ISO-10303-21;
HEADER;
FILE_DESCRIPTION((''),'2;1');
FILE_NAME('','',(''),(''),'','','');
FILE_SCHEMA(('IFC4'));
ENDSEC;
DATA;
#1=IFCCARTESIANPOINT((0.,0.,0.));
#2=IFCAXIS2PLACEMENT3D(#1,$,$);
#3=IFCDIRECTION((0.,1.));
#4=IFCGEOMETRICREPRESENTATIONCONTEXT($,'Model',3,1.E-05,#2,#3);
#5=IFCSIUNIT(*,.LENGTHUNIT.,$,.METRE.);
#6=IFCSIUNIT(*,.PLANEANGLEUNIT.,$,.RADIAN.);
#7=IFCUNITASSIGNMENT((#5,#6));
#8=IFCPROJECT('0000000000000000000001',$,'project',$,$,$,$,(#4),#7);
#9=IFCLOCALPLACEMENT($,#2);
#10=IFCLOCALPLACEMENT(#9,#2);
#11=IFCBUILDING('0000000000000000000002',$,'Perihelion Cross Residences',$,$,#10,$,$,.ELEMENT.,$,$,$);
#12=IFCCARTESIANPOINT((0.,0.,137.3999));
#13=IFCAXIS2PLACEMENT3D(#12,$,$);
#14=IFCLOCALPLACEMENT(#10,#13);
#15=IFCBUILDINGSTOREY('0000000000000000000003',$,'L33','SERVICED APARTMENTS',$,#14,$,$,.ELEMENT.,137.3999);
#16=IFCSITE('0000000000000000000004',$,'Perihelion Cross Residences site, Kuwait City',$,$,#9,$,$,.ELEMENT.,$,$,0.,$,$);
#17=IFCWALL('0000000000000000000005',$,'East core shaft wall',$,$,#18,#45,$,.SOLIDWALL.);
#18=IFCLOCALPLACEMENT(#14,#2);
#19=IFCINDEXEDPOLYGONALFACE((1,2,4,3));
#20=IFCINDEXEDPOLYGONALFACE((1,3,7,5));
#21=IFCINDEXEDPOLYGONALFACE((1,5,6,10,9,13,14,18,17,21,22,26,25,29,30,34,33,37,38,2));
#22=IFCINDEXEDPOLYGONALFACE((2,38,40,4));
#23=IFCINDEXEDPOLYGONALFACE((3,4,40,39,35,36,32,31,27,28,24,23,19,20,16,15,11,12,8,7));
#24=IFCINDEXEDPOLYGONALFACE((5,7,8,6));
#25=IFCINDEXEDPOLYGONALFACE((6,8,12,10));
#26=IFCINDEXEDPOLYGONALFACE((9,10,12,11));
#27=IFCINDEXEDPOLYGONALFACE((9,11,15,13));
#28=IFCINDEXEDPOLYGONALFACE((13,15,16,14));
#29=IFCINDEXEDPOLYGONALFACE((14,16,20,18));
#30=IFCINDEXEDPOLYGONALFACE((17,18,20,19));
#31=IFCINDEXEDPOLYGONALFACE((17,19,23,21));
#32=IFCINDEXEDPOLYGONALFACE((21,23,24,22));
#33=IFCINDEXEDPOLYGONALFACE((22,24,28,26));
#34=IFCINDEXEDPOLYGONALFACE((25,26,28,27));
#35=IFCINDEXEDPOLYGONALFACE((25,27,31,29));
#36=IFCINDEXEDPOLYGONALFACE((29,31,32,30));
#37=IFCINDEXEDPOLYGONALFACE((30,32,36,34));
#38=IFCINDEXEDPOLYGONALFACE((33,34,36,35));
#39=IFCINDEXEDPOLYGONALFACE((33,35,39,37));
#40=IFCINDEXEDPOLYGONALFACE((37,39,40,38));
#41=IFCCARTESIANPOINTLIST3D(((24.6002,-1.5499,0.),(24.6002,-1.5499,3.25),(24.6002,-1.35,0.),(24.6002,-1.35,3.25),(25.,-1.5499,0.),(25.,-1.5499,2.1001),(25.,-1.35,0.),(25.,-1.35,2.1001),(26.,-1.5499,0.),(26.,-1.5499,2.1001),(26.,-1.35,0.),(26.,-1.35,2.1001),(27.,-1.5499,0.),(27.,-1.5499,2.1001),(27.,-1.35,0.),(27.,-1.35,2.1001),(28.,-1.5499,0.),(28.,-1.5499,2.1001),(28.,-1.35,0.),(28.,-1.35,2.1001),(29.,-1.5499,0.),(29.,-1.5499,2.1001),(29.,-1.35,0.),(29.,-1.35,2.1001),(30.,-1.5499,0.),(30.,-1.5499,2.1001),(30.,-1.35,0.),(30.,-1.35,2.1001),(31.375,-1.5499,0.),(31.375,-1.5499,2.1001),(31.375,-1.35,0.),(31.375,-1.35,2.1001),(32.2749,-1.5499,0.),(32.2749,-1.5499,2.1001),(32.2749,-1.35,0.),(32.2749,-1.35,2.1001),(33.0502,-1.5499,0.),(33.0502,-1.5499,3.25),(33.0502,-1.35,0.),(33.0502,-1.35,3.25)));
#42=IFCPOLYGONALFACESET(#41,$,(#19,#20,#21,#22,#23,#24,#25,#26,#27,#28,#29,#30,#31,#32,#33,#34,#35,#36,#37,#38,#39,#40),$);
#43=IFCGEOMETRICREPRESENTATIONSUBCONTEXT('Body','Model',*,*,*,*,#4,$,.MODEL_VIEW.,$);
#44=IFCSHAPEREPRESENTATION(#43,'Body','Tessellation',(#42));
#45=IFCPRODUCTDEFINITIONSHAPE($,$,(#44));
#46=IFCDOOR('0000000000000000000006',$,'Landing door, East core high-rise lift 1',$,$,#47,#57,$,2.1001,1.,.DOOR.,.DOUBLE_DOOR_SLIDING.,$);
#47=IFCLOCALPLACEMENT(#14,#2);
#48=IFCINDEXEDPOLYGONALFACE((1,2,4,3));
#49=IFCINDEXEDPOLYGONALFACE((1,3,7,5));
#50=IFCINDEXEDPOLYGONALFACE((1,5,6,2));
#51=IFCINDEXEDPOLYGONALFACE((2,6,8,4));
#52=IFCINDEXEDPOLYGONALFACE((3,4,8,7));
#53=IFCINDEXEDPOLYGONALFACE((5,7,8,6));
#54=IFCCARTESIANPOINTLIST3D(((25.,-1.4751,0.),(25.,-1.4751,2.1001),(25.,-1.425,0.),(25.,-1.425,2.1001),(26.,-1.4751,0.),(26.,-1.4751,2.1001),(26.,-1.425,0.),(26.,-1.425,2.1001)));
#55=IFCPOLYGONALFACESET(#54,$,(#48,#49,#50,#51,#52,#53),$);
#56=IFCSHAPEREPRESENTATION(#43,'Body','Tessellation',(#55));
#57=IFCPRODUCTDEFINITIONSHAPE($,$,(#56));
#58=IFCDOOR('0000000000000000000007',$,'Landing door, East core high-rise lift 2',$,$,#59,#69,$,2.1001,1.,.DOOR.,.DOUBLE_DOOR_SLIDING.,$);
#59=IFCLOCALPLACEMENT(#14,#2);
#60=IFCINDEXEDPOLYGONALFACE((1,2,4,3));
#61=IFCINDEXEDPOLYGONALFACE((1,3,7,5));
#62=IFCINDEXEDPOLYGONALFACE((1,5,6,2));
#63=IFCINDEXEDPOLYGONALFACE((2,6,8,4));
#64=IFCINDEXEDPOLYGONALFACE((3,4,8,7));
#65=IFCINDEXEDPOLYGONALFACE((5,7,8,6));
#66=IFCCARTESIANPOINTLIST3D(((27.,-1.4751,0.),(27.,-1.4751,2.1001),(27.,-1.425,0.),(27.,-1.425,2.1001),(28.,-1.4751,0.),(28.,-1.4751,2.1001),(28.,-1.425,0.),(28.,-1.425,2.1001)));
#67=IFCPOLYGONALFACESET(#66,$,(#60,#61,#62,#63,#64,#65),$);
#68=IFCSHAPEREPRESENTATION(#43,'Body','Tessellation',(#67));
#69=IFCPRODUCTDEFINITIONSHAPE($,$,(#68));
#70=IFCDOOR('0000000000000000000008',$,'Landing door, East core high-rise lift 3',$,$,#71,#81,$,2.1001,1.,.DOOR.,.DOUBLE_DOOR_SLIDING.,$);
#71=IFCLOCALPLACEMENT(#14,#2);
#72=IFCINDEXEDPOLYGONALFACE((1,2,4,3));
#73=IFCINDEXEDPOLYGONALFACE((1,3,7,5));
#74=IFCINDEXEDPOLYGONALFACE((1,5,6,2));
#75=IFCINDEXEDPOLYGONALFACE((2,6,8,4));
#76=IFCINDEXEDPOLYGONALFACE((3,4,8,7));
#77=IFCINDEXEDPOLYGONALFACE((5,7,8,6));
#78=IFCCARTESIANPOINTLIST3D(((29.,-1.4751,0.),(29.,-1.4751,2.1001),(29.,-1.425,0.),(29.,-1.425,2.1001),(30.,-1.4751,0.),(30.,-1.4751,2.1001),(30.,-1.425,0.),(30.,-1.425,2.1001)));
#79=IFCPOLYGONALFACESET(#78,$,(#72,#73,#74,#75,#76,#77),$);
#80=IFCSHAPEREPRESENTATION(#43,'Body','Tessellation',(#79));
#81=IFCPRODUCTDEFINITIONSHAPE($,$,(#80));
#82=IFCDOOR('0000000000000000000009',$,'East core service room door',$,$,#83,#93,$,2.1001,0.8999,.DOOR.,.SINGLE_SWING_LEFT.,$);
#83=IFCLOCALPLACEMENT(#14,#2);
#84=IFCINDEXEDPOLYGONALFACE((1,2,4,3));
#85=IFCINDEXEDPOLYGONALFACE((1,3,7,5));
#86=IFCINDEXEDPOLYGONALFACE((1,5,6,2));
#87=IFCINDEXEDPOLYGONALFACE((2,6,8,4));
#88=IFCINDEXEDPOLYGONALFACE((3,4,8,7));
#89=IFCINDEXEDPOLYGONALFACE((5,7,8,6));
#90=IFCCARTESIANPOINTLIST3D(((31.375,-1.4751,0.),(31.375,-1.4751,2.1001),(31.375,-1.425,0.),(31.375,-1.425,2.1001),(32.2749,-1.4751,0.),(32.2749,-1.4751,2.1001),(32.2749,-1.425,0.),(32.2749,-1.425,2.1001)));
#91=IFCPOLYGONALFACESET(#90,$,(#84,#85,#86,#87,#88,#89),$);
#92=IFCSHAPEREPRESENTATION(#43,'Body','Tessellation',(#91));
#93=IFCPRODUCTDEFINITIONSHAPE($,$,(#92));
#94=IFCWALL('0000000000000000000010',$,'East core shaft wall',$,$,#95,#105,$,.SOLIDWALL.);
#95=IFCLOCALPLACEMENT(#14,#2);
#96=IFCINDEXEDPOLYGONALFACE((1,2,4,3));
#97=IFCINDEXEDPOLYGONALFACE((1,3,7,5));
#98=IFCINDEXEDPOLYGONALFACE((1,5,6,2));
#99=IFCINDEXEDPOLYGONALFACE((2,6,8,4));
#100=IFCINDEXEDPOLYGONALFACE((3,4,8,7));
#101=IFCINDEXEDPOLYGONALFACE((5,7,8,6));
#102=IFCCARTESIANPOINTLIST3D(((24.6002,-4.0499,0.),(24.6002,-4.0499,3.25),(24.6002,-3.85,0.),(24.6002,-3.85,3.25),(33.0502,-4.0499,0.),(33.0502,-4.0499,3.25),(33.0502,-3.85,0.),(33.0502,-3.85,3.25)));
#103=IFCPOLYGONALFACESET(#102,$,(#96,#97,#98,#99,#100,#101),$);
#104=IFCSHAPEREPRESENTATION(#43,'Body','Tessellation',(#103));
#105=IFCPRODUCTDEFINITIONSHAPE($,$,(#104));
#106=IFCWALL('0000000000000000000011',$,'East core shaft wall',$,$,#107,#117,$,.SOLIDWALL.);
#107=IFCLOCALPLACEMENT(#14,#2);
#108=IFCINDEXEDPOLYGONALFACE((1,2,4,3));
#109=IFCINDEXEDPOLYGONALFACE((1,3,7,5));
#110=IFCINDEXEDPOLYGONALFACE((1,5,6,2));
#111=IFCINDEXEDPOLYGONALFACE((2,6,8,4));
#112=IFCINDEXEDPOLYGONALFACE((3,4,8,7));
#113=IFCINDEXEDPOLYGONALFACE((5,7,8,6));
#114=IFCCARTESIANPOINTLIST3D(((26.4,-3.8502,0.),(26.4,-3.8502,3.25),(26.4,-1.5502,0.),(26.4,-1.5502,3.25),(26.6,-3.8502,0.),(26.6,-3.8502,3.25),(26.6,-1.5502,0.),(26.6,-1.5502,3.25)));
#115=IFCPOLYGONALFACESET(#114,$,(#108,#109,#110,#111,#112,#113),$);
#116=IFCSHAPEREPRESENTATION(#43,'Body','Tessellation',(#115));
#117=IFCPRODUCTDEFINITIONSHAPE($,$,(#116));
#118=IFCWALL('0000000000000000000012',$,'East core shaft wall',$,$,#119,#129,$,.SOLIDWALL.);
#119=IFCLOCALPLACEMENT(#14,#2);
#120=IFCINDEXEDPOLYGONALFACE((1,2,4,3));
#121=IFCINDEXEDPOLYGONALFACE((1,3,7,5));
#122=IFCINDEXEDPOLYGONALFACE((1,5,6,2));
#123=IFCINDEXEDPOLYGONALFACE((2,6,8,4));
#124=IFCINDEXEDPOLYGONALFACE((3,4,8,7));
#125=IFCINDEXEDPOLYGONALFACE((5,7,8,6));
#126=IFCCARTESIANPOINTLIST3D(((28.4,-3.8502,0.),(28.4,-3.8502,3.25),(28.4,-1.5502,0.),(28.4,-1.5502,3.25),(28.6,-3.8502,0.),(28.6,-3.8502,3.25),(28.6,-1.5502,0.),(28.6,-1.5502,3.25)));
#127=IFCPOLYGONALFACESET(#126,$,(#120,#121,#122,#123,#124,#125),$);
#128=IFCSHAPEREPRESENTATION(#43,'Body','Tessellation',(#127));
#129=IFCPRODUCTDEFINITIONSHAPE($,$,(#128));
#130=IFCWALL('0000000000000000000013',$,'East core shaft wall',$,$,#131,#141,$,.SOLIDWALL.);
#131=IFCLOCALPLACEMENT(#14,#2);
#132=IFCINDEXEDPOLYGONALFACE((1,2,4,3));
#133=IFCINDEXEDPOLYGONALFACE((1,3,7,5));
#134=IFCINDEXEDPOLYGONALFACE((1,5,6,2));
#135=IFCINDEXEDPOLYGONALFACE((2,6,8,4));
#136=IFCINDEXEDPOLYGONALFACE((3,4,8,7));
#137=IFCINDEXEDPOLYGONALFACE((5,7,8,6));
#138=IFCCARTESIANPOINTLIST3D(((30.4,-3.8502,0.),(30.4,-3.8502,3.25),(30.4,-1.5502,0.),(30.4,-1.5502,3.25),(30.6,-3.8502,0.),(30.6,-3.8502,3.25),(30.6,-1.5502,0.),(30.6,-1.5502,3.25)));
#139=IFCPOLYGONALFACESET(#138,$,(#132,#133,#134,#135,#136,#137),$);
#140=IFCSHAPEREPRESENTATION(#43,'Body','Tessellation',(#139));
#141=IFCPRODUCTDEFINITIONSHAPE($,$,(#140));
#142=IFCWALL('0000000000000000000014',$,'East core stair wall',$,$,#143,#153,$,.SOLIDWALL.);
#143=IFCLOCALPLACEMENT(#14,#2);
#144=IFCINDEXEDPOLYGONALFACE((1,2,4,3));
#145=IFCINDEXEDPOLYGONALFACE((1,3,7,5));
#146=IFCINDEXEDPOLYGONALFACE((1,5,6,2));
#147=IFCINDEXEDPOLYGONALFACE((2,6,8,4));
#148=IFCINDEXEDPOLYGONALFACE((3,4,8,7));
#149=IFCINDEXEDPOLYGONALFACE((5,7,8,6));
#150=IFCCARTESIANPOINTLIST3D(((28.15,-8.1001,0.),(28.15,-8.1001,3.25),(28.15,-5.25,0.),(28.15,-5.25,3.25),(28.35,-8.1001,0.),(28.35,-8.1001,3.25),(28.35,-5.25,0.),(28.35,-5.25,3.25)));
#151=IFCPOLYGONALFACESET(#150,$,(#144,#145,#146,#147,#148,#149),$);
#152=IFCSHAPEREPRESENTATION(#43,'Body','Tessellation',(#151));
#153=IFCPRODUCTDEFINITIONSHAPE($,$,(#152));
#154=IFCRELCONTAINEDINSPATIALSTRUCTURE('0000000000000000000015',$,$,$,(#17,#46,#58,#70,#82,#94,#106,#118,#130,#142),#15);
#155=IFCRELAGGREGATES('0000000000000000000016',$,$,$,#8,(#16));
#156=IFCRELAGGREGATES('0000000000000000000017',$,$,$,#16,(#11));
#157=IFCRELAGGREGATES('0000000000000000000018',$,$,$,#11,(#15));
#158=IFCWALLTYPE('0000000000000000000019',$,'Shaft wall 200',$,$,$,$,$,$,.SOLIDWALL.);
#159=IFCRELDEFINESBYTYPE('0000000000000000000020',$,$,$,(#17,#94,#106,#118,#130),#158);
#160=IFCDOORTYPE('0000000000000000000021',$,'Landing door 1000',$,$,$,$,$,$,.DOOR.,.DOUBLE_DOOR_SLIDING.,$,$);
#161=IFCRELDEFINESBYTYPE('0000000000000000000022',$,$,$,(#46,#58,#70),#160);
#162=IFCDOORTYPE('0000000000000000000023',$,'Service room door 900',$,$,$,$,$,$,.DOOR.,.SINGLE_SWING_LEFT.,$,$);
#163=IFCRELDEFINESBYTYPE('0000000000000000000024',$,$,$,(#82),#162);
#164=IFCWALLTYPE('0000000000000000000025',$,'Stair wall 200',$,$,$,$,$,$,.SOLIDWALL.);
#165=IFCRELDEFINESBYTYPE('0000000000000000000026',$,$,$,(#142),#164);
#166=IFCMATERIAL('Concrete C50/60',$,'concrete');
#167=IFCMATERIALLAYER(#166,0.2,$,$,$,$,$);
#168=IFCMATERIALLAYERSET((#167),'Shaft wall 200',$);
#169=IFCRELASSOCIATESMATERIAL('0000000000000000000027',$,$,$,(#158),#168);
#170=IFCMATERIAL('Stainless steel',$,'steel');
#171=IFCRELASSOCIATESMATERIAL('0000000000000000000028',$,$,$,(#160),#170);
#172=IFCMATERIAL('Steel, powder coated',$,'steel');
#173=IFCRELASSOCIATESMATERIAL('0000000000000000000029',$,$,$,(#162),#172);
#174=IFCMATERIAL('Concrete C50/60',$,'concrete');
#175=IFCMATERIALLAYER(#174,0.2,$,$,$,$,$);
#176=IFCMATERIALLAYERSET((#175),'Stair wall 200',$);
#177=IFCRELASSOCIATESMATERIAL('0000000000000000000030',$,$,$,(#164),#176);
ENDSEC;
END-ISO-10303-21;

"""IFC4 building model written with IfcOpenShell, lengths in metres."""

from ifc_helpers import new_model, si_unit, direction, frame, frame_2d, origin, place, context, subcontext, project, spatial, rectangle, extrude, material, layer, layer_set, type_object, element, fill, save


model = new_model("IFC4")

# Units and contexts
model_context = context("Model", 3, precision=1e-05, world=origin(), true_north=direction((0.0, 1.0)))
body_context = subcontext(model_context, "Body", "Model", "MODEL_VIEW")
ifc_project = project(units=[si_unit("LENGTHUNIT", "METRE"), si_unit("PLANEANGLEUNIT", "RADIAN")], contexts=[model_context])

# Site, building, storey
site_placement = place(None, origin())
site = spatial("IfcSite", under=ifc_project, at=site_placement, Name="Perihelion Cross Residences site, Kuwait City", CompositionType="ELEMENT", RefElevation=0.0)
building_placement = place(site_placement, origin())
building = spatial("IfcBuilding", under=site, at=building_placement, Name="Perihelion Cross Residences", CompositionType="ELEMENT")
storey_placement = place(building_placement, frame((0.0, 0.0, 137.3999)))
storey = spatial("IfcBuildingStorey", under=building, at=storey_placement, Name="L33", Description="SERVICED APARTMENTS", CompositionType="ELEMENT", Elevation=137.3999)

# Wall, openings, doors
ifc_material_1 = material(Name="Concrete C50/60", Category="concrete")
ifc_layer_1 = layer(ifc_material_1, 0.2)
ifc_layer_set_1 = layer_set([ifc_layer_1], Name="Shaft wall 200")
wall_type_1 = type_object("IfcWallType", Name="Shaft wall 200", PredefinedType="SOLIDWALL", material=ifc_layer_set_1)
wall_1_placement = place(storey_placement, frame((24.6001, -1.45, 0.0), z_axis=(0.0, 0.0, 1.0), x_axis=(1.0, 0.0, 0.0)))
wall_1 = element("IfcWall", 1, at=wall_1_placement, inside=storey, type_object=wall_type_1, Name="East core shaft wall", PredefinedType="SOLIDWALL", context=body_context, shape_type="SweptSolid", body=[
    extrude(rectangle(XDim=8.45, YDim=0.2, at=frame_2d((4.2251, 0.0))), origin(), (0.0, 0.0, 1.0), 3.25),
])
opening_1_placement = place(wall_1_placement, frame((0.3999, 0.0, 0.0)))
opening_1 = element("IfcOpeningElement", 2, at=opening_1_placement, cuts=wall_1, PredefinedType="OPENING", context=body_context, shape_type="SweptSolid", body=[
    extrude(rectangle(XDim=1.0, YDim=2.1001, at=frame_2d((0.5, 1.05))), frame((0.0, 0.1099, 0.0), z_axis=(0.0, -1.0, 0.0), x_axis=(1.0, 0.0, 0.0)), (0.0, 0.0, 1.0), 0.22),
])
opening_2_placement = place(wall_1_placement, frame((2.3999, 0.0, 0.0)))
opening_2 = element("IfcOpeningElement", 3, at=opening_2_placement, cuts=wall_1, PredefinedType="OPENING", context=body_context, shape_type="SweptSolid", body=[
    extrude(rectangle(XDim=1.0, YDim=2.1001, at=frame_2d((0.5, 1.05))), frame((0.0, 0.1099, 0.0), z_axis=(0.0, -1.0, 0.0), x_axis=(1.0, 0.0, 0.0)), (0.0, 0.0, 1.0), 0.22),
])
opening_3_placement = place(wall_1_placement, frame((4.3999, 0.0, 0.0)))
opening_3 = element("IfcOpeningElement", 4, at=opening_3_placement, cuts=wall_1, PredefinedType="OPENING", context=body_context, shape_type="SweptSolid", body=[
    extrude(rectangle(XDim=1.0, YDim=2.1001, at=frame_2d((0.5, 1.05))), frame((0.0, 0.1099, 0.0), z_axis=(0.0, -1.0, 0.0), x_axis=(1.0, 0.0, 0.0)), (0.0, 0.0, 1.0), 0.22),
])
opening_4_placement = place(wall_1_placement, frame((6.7749, 0.0, 0.0)))
opening_4 = element("IfcOpeningElement", 5, at=opening_4_placement, cuts=wall_1, PredefinedType="OPENING", context=body_context, shape_type="SweptSolid", body=[
    extrude(rectangle(XDim=0.8999, YDim=2.1001, at=frame_2d((0.45, 1.05))), frame((0.0, 0.1099, 0.0), z_axis=(0.0, -1.0, 0.0), x_axis=(1.0, 0.0, 0.0)), (0.0, 0.0, 1.0), 0.22),
])
ifc_material_2 = material(Name="Stainless steel", Category="steel")
door_type_1 = type_object("IfcDoorType", Name="Landing door 1000", OperationType="DOUBLE_DOOR_SLIDING", PredefinedType="DOOR", material=ifc_material_2)
door_1_placement = place(opening_1_placement, origin())
door_1 = element("IfcDoor", 6, at=door_1_placement, inside=storey, type_object=door_type_1, Name="Landing door, East core high-rise lift 1", OperationType="DOUBLE_DOOR_SLIDING", OverallHeight=2.1001, OverallWidth=1.0, PredefinedType="DOOR", context=body_context, shape_type="SweptSolid", body=[
    extrude(rectangle(XDim=1.0, YDim=2.1001, at=frame_2d((0.5, 1.05))), frame((0.0, 0.0249, 0.0), z_axis=(0.0, -1.0, 0.0), x_axis=(1.0, 0.0, 0.0)), (0.0, 0.0, 1.0), 0.05),
])
fill(opening_1, door_1)
door_2_placement = place(opening_2_placement, origin())
door_2 = element("IfcDoor", 7, at=door_2_placement, inside=storey, type_object=door_type_1, Name="Landing door, East core high-rise lift 2", OperationType="DOUBLE_DOOR_SLIDING", OverallHeight=2.1001, OverallWidth=1.0, PredefinedType="DOOR", context=body_context, shape_type="SweptSolid", body=[
    extrude(rectangle(XDim=1.0, YDim=2.1001, at=frame_2d((0.5, 1.05))), frame((0.0, 0.0249, 0.0), z_axis=(0.0, -1.0, 0.0), x_axis=(1.0, 0.0, 0.0)), (0.0, 0.0, 1.0), 0.05),
])
fill(opening_2, door_2)
door_3_placement = place(opening_3_placement, origin())
door_3 = element("IfcDoor", 8, at=door_3_placement, inside=storey, type_object=door_type_1, Name="Landing door, East core high-rise lift 3", OperationType="DOUBLE_DOOR_SLIDING", OverallHeight=2.1001, OverallWidth=1.0, PredefinedType="DOOR", context=body_context, shape_type="SweptSolid", body=[
    extrude(rectangle(XDim=1.0, YDim=2.1001, at=frame_2d((0.5, 1.05))), frame((0.0, 0.0249, 0.0), z_axis=(0.0, -1.0, 0.0), x_axis=(1.0, 0.0, 0.0)), (0.0, 0.0, 1.0), 0.05),
])
fill(opening_3, door_3)
ifc_material_3 = material(Name="Steel, powder coated", Category="steel")
door_type_2 = type_object("IfcDoorType", Name="Service room door 900", OperationType="SINGLE_SWING_LEFT", PredefinedType="DOOR", material=ifc_material_3)
door_4_placement = place(opening_4_placement, origin())
door_4 = element("IfcDoor", 9, at=door_4_placement, inside=storey, type_object=door_type_2, Name="East core service room door", OperationType="SINGLE_SWING_LEFT", OverallHeight=2.1001, OverallWidth=0.8999, PredefinedType="DOOR", context=body_context, shape_type="SweptSolid", body=[
    extrude(rectangle(XDim=0.8999, YDim=2.1001, at=frame_2d((0.45, 1.05))), frame((0.0, 0.0249, 0.0), z_axis=(0.0, -1.0, 0.0), x_axis=(1.0, 0.0, 0.0)), (0.0, 0.0, 1.0), 0.05),
])
fill(opening_4, door_4)

# Walls
wall_2_placement = place(storey_placement, frame((24.6001, -3.95, 0.0), z_axis=(0.0, 0.0, 1.0), x_axis=(1.0, 0.0, 0.0)))
element("IfcWall", 10, at=wall_2_placement, inside=storey, type_object=wall_type_1, Name="East core shaft wall", PredefinedType="SOLIDWALL", context=body_context, shape_type="SweptSolid", body=[
    extrude(rectangle(XDim=8.45, YDim=0.2, at=frame_2d((4.2251, 0.0))), origin(), (0.0, 0.0, 1.0), 3.25),
])
for number, where, z_axis, x_axis, name in (
    (11, (26.5, -3.8501, 0.0), (0.0, 0.0, 1.0), (0.0, 1.0, 0.0), "East core shaft wall"),
    (12, (28.5, -3.8501, 0.0), (0.0, 0.0, 1.0), (0.0, 1.0, 0.0), "East core shaft wall"),
    (13, (30.5, -3.8501, 0.0), (0.0, 0.0, 1.0), (0.0, 1.0, 0.0), "East core shaft wall"),
):
    element("IfcWall", number, at=place(storey_placement, frame(where, z_axis=z_axis, x_axis=x_axis)), inside=storey, type_object=wall_type_1, Name=name, PredefinedType="SOLIDWALL", context=body_context, shape_type="SweptSolid", body=[
        extrude(rectangle(XDim=2.3, YDim=0.2, at=frame_2d((1.1499, 0.0))), origin(), (0.0, 0.0, 1.0), 3.25),
    ])
ifc_material_4 = material(Name="Concrete C50/60", Category="concrete")
ifc_layer_2 = layer(ifc_material_4, 0.2)
ifc_layer_set_2 = layer_set([ifc_layer_2], Name="Stair wall 200")
wall_type_2 = type_object("IfcWallType", Name="Stair wall 200", PredefinedType="SOLIDWALL", material=ifc_layer_set_2)
wall_3_placement = place(storey_placement, frame((28.25, -8.1001, 0.0), z_axis=(0.0, 0.0, 1.0), x_axis=(0.0, 1.0, 0.0)))
element("IfcWall", 14, at=wall_3_placement, inside=storey, type_object=wall_type_2, Name="East core stair wall", PredefinedType="SOLIDWALL", context=body_context, shape_type="SweptSolid", body=[
    extrude(rectangle(XDim=2.8501, YDim=0.2, at=frame_2d((1.425, 0.0))), origin(), (0.0, 0.0, 1.0), 3.25),
])

save(model, "model.ifc")
